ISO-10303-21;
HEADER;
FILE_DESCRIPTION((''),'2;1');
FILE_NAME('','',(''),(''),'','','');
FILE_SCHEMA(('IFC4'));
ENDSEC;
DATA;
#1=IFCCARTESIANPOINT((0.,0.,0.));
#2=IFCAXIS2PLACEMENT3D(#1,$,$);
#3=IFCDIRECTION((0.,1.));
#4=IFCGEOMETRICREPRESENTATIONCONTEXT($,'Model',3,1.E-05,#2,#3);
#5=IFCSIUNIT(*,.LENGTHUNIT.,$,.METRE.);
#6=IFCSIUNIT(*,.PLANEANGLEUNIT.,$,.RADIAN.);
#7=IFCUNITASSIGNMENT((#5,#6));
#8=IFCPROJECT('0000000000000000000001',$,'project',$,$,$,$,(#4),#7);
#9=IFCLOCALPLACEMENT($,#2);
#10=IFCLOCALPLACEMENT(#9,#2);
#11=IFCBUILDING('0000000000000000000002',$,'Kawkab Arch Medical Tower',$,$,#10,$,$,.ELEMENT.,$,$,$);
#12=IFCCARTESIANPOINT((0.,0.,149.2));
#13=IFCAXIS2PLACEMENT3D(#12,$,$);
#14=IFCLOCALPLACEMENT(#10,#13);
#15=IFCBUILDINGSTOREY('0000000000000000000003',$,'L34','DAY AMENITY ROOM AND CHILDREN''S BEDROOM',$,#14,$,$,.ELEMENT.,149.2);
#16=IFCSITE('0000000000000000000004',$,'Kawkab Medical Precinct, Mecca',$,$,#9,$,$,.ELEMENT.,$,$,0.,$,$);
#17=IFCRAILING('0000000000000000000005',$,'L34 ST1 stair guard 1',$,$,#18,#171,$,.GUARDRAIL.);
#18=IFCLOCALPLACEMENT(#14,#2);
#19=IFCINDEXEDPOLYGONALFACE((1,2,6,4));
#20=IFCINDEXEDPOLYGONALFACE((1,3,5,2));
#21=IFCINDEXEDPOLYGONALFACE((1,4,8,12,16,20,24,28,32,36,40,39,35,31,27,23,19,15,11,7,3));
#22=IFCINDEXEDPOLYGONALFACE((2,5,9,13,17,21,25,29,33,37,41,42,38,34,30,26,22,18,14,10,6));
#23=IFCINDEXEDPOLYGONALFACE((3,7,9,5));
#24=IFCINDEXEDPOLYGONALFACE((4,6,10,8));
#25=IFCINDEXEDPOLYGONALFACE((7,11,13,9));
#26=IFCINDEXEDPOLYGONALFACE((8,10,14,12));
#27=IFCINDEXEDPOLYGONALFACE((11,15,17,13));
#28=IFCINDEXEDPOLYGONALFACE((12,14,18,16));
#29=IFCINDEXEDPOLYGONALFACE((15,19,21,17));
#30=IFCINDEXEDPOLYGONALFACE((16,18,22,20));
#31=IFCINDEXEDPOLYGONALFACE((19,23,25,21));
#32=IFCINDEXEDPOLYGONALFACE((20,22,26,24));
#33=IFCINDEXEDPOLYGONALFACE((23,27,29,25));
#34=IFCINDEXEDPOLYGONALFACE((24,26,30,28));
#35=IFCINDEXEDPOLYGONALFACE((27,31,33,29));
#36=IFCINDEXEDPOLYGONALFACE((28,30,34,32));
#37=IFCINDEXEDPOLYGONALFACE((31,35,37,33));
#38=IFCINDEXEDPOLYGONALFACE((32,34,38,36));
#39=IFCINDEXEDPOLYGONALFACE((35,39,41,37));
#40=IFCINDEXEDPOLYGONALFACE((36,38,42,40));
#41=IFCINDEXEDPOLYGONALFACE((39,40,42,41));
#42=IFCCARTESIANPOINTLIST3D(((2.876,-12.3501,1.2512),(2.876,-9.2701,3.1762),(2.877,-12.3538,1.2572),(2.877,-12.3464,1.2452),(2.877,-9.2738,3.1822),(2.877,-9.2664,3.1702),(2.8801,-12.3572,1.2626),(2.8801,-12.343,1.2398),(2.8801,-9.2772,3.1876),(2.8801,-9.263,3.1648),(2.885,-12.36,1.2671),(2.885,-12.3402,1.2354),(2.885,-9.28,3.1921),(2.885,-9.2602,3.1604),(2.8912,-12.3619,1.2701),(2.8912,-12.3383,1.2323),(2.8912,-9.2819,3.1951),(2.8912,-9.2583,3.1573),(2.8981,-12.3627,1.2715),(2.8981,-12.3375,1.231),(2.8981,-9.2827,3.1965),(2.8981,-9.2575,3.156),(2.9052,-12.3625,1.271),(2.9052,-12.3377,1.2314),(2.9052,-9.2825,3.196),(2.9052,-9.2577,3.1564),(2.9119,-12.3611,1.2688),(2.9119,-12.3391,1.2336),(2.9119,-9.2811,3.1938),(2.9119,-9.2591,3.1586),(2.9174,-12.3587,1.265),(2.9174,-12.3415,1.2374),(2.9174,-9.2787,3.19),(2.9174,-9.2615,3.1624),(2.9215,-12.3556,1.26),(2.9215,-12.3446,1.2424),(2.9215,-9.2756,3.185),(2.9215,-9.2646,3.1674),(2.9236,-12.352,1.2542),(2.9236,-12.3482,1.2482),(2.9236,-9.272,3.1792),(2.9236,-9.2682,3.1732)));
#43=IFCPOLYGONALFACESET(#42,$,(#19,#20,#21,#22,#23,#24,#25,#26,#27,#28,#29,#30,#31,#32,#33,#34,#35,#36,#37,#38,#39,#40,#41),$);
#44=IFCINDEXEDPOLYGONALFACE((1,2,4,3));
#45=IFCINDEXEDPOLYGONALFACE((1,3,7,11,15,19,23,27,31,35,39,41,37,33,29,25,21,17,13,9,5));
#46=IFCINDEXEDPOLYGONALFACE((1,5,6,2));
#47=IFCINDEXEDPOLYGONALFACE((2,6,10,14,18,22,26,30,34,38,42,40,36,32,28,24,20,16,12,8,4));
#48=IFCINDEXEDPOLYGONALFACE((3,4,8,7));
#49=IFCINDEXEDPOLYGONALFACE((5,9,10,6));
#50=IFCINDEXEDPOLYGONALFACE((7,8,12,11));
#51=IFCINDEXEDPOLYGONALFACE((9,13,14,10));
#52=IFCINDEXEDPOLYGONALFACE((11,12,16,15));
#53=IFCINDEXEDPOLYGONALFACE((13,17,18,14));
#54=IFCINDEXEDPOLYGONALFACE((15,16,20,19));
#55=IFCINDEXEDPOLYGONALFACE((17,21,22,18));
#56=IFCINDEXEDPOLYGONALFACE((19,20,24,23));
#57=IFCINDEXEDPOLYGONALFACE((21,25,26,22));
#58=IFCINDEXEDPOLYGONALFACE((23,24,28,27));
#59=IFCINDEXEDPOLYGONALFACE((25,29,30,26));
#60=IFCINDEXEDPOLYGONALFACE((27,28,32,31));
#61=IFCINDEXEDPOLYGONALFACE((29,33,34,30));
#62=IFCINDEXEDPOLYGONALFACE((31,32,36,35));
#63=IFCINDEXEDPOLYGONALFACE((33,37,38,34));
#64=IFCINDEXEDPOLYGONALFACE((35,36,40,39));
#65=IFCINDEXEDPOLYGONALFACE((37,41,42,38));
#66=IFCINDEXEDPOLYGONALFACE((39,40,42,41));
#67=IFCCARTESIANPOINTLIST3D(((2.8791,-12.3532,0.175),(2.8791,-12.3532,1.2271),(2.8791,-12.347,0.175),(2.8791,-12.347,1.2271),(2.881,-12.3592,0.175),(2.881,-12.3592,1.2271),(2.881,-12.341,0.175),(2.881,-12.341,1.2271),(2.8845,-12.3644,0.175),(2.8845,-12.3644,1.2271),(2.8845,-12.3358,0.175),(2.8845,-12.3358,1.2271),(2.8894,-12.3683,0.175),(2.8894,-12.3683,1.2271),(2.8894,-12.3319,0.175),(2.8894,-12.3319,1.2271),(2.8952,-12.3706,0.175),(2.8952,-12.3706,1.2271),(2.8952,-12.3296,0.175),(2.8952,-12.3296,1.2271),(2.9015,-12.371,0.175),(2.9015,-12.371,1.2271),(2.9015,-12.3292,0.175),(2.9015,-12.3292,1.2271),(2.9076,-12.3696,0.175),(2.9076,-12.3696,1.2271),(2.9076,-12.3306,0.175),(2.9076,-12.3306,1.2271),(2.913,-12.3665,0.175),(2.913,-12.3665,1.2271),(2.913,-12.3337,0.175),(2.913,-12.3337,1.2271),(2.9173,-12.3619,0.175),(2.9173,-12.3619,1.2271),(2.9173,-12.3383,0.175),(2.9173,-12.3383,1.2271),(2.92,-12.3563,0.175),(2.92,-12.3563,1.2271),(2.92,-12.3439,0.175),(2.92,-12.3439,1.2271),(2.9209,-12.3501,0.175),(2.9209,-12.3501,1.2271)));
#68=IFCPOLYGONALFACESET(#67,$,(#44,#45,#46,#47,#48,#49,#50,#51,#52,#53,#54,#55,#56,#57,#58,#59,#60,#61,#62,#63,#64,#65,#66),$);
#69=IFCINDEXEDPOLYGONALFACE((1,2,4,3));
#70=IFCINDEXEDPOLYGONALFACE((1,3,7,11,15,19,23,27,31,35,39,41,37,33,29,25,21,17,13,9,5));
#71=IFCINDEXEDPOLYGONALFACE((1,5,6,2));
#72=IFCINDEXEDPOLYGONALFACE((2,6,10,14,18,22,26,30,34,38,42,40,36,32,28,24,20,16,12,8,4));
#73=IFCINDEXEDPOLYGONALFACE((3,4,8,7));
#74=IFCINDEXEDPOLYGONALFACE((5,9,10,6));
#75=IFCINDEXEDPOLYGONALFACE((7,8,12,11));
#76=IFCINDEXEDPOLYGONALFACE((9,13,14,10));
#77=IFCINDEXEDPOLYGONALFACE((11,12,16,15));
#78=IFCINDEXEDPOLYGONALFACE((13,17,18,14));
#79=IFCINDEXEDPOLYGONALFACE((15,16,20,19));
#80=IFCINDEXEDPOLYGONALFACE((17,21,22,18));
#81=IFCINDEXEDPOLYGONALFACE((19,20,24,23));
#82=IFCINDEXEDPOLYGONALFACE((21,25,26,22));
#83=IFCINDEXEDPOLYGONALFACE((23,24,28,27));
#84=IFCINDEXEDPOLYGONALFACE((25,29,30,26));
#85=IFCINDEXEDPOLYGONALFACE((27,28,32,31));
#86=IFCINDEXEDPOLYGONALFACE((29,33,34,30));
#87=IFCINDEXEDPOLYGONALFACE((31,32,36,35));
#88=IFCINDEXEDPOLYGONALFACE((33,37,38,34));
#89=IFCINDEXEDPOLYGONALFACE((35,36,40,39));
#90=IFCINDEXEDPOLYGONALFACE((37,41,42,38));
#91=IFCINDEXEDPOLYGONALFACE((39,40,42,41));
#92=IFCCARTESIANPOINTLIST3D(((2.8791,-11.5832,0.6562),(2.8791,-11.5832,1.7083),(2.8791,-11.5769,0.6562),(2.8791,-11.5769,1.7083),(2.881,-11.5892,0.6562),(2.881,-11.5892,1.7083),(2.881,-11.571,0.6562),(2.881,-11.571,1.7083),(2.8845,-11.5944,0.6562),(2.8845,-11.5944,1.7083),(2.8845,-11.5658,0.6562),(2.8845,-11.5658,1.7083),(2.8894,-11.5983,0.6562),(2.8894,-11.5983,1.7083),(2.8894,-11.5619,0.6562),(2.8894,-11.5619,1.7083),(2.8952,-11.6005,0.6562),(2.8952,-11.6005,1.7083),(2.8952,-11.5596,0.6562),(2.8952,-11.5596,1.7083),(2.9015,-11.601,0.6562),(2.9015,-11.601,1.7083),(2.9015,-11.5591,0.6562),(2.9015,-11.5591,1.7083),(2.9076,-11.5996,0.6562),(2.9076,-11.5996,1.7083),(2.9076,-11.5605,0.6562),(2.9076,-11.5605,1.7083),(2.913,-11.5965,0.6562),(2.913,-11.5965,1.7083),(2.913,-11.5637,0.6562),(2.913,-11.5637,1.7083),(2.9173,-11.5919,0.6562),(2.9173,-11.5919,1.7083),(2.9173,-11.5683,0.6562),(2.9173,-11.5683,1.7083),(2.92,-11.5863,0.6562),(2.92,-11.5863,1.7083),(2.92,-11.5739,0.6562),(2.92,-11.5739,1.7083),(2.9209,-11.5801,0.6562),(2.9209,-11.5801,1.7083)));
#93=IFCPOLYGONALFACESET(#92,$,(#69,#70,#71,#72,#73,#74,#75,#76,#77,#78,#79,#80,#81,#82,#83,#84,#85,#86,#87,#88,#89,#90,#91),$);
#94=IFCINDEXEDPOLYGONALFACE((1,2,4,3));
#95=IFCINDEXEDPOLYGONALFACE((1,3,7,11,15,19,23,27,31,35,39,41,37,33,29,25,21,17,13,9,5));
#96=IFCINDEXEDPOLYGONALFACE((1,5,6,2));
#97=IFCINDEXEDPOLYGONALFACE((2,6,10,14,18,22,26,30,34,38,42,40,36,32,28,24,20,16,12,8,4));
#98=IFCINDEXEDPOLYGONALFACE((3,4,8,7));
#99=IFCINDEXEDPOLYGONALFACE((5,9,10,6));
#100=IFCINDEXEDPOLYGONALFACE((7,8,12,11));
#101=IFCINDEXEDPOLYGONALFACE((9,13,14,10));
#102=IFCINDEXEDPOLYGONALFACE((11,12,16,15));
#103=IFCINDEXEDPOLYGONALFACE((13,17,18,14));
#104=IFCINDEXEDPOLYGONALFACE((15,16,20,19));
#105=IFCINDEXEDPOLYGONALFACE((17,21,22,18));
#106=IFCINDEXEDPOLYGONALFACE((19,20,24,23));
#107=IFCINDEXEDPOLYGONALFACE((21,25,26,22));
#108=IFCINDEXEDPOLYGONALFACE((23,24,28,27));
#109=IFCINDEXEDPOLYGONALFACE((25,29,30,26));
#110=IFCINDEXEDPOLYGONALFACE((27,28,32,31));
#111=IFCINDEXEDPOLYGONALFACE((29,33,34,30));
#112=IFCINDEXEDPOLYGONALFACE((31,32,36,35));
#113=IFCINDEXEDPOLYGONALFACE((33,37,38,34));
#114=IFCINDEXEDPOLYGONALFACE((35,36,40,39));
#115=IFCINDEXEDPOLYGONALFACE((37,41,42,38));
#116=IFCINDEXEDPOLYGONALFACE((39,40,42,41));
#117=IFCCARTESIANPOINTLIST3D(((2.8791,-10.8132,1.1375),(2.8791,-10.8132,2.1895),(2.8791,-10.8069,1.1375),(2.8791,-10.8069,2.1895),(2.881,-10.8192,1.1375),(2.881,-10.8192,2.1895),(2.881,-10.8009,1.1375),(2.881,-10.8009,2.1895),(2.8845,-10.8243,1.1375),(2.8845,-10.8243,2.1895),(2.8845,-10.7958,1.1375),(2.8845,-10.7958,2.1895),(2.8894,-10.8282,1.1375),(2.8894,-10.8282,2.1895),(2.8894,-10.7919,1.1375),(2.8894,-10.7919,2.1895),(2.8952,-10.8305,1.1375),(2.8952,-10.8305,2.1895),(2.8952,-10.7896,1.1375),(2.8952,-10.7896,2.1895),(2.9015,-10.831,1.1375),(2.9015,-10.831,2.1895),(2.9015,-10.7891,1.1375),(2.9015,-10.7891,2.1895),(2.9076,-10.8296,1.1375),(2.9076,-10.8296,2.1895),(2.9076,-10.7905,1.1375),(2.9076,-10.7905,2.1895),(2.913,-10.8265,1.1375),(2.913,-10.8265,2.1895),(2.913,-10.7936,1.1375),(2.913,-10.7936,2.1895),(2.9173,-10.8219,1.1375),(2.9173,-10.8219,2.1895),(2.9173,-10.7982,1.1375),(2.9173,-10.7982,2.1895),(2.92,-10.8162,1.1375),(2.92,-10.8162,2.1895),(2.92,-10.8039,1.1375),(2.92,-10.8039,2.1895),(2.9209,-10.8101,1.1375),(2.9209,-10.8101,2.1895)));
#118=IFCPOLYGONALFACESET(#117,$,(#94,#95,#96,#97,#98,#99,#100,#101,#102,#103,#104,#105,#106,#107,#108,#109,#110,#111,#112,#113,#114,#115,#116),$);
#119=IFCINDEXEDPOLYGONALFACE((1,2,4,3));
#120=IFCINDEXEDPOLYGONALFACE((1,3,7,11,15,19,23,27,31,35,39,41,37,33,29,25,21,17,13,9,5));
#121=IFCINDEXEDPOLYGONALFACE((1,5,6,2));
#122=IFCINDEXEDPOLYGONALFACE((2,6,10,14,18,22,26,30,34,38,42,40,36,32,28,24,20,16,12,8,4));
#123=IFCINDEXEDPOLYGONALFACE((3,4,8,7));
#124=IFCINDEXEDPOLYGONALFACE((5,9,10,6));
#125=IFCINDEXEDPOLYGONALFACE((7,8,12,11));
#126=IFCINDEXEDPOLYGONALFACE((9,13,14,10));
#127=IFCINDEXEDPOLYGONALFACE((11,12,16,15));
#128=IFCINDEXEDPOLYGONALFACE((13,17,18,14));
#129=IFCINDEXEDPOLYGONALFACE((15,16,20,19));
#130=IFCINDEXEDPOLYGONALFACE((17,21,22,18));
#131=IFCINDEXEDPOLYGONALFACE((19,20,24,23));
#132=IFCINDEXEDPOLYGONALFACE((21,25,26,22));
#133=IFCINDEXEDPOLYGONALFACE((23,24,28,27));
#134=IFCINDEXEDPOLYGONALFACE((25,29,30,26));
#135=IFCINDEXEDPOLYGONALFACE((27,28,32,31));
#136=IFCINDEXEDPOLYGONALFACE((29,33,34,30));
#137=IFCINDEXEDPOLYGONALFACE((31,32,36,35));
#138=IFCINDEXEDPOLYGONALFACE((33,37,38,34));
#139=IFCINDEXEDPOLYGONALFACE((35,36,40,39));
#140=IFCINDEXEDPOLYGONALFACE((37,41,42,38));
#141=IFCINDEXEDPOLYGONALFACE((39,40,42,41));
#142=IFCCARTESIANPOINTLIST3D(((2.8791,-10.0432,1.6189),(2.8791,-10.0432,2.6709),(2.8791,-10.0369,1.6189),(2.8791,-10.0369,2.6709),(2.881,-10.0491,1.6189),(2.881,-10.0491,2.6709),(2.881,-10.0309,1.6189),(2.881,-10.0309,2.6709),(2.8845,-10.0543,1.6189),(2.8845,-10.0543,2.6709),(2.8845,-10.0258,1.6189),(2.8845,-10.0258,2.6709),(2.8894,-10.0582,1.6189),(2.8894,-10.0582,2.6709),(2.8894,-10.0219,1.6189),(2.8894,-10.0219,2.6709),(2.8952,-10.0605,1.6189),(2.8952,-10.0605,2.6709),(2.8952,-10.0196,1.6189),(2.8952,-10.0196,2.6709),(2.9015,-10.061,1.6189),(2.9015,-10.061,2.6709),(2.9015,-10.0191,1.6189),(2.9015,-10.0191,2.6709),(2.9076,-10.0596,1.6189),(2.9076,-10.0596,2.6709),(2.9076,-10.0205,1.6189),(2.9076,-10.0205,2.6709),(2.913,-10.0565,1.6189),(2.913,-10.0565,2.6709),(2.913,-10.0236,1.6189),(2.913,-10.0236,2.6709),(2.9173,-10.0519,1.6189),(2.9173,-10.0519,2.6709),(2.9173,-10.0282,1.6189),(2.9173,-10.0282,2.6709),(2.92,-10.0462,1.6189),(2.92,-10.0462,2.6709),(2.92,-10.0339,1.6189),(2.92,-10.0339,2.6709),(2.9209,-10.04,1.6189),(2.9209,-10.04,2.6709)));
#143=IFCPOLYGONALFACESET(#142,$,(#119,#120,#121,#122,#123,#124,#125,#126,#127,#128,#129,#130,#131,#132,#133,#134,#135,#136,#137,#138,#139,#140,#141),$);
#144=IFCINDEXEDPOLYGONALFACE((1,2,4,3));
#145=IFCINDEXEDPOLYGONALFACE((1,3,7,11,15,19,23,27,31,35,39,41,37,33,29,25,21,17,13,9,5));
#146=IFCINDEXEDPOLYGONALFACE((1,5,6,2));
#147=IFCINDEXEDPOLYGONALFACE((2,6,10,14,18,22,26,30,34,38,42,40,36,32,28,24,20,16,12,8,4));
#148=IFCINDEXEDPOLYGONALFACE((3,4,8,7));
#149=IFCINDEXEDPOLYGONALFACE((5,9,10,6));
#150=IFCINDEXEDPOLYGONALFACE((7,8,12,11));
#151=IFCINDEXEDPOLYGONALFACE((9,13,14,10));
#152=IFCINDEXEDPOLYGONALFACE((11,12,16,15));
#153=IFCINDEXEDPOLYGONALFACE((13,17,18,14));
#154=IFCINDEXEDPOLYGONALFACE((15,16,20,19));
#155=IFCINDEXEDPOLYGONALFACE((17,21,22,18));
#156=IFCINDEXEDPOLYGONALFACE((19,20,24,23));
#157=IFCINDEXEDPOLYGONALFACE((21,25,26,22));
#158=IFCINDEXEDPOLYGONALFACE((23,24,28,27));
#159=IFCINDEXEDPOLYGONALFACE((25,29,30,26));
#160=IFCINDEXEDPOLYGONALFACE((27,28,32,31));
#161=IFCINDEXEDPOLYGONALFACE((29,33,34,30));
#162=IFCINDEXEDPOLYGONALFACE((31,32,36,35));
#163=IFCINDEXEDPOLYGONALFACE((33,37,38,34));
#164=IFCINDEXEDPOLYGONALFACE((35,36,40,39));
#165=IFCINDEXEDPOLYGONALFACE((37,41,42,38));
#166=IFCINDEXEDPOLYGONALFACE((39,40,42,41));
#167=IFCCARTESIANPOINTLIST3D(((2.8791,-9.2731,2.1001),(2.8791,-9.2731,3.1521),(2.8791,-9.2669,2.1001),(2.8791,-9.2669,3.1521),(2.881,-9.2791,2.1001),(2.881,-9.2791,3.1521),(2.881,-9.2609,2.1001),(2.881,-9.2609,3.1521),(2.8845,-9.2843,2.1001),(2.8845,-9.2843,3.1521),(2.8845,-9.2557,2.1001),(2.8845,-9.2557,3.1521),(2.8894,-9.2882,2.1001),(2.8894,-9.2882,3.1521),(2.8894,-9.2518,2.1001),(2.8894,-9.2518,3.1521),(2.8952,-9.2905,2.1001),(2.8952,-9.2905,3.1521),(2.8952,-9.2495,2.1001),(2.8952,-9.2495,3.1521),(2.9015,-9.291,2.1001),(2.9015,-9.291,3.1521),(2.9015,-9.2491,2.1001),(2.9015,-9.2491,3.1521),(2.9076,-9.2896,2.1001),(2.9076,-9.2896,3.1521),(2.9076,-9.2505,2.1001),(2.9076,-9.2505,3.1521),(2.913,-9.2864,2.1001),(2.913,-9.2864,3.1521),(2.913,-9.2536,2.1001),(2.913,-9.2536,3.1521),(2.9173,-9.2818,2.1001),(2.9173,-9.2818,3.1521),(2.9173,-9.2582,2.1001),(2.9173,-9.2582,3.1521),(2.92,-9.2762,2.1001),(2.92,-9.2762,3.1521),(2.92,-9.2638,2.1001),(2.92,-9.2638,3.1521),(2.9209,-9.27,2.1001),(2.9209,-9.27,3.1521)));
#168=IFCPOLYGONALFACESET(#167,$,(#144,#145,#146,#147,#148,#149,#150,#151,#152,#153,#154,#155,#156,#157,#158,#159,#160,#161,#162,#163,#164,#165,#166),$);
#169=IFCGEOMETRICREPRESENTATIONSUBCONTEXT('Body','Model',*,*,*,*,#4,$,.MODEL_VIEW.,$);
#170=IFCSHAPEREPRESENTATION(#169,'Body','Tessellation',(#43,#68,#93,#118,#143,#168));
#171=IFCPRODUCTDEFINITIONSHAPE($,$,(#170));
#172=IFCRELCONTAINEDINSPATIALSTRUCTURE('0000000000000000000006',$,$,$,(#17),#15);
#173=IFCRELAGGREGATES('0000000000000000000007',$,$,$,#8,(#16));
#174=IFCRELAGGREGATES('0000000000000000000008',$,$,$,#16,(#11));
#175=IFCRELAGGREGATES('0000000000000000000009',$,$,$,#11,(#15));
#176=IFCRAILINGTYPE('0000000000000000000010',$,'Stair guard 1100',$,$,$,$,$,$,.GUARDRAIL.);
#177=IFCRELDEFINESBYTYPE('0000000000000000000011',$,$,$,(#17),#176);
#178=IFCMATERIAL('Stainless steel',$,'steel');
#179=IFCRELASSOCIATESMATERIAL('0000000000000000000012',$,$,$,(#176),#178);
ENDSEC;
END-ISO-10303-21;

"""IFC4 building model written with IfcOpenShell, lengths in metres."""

from ifc_helpers import new_model, si_unit, direction, frame, origin, origin_2d, place, context, subcontext, project, spatial, circle, extrude, material, type_object, element, save


model = new_model("IFC4")

# Units and contexts
model_context = context("Model", 3, precision=1e-05, world=origin(), true_north=direction((0.0, 1.0)))
body_context = subcontext(model_context, "Body", "Model", "MODEL_VIEW")
ifc_project = project(units=[si_unit("LENGTHUNIT", "METRE"), si_unit("PLANEANGLEUNIT", "RADIAN")], contexts=[model_context])

# Site, building, storey
site_placement = place(None, origin())
site = spatial("IfcSite", under=ifc_project, at=site_placement, Name="Kawkab Medical Precinct, Mecca", CompositionType="ELEMENT", RefElevation=0.0)
building_placement = place(site_placement, origin())
building = spatial("IfcBuilding", under=site, at=building_placement, Name="Kawkab Arch Medical Tower", CompositionType="ELEMENT")
storey_placement = place(building_placement, frame((0.0, 0.0, 149.2)))
storey = spatial("IfcBuildingStorey", under=building, at=storey_placement, Name="L34", Description="DAY AMENITY ROOM AND CHILDREN'S BEDROOM", CompositionType="ELEMENT", Elevation=149.2)

# Railing
ifc_material_1 = material(Name="Stainless steel", Category="steel")
railing_type_1 = type_object("IfcRailingType", Name="Stair guard 1100", PredefinedType="GUARDRAIL", material=ifc_material_1)
railing_1_placement = place(storey_placement, frame((2.8999, -12.3501, 0.175)))
element("IfcRailing", 1, at=railing_1_placement, inside=storey, type_object=railing_type_1, Name="L34 ST1 stair guard 1", PredefinedType="GUARDRAIL", context=body_context, shape_type="SweptSolid", body=[
    extrude(circle(Radius=0.0239, at=origin_2d()), frame((0.0, 0.0, 1.0762), z_axis=(0.0, 0.847998, 0.529999), x_axis=(-1.0, 0.0, 0.0)), (0.0, 0.0, 1.0), 3.6321),
    extrude(circle(Radius=0.021, at=origin_2d()), origin(), (0.0, 0.0, 1.0), 1.052),
    extrude(circle(Radius=0.021, at=origin_2d()), frame((0.0, 0.77, 0.4812)), (0.0, 0.0, 1.0), 1.052),
    extrude(circle(Radius=0.021, at=origin_2d()), frame((0.0, 1.54, 0.9624)), (0.0, 0.0, 1.0), 1.052),
    extrude(circle(Radius=0.021, at=origin_2d()), frame((0.0, 2.3101, 1.4438)), (0.0, 0.0, 1.0), 1.052),
    extrude(circle(Radius=0.021, at=origin_2d()), frame((0.0, 3.0801, 1.925)), (0.0, 0.0, 1.0), 1.052),
])

save(model, "model.ifc")
